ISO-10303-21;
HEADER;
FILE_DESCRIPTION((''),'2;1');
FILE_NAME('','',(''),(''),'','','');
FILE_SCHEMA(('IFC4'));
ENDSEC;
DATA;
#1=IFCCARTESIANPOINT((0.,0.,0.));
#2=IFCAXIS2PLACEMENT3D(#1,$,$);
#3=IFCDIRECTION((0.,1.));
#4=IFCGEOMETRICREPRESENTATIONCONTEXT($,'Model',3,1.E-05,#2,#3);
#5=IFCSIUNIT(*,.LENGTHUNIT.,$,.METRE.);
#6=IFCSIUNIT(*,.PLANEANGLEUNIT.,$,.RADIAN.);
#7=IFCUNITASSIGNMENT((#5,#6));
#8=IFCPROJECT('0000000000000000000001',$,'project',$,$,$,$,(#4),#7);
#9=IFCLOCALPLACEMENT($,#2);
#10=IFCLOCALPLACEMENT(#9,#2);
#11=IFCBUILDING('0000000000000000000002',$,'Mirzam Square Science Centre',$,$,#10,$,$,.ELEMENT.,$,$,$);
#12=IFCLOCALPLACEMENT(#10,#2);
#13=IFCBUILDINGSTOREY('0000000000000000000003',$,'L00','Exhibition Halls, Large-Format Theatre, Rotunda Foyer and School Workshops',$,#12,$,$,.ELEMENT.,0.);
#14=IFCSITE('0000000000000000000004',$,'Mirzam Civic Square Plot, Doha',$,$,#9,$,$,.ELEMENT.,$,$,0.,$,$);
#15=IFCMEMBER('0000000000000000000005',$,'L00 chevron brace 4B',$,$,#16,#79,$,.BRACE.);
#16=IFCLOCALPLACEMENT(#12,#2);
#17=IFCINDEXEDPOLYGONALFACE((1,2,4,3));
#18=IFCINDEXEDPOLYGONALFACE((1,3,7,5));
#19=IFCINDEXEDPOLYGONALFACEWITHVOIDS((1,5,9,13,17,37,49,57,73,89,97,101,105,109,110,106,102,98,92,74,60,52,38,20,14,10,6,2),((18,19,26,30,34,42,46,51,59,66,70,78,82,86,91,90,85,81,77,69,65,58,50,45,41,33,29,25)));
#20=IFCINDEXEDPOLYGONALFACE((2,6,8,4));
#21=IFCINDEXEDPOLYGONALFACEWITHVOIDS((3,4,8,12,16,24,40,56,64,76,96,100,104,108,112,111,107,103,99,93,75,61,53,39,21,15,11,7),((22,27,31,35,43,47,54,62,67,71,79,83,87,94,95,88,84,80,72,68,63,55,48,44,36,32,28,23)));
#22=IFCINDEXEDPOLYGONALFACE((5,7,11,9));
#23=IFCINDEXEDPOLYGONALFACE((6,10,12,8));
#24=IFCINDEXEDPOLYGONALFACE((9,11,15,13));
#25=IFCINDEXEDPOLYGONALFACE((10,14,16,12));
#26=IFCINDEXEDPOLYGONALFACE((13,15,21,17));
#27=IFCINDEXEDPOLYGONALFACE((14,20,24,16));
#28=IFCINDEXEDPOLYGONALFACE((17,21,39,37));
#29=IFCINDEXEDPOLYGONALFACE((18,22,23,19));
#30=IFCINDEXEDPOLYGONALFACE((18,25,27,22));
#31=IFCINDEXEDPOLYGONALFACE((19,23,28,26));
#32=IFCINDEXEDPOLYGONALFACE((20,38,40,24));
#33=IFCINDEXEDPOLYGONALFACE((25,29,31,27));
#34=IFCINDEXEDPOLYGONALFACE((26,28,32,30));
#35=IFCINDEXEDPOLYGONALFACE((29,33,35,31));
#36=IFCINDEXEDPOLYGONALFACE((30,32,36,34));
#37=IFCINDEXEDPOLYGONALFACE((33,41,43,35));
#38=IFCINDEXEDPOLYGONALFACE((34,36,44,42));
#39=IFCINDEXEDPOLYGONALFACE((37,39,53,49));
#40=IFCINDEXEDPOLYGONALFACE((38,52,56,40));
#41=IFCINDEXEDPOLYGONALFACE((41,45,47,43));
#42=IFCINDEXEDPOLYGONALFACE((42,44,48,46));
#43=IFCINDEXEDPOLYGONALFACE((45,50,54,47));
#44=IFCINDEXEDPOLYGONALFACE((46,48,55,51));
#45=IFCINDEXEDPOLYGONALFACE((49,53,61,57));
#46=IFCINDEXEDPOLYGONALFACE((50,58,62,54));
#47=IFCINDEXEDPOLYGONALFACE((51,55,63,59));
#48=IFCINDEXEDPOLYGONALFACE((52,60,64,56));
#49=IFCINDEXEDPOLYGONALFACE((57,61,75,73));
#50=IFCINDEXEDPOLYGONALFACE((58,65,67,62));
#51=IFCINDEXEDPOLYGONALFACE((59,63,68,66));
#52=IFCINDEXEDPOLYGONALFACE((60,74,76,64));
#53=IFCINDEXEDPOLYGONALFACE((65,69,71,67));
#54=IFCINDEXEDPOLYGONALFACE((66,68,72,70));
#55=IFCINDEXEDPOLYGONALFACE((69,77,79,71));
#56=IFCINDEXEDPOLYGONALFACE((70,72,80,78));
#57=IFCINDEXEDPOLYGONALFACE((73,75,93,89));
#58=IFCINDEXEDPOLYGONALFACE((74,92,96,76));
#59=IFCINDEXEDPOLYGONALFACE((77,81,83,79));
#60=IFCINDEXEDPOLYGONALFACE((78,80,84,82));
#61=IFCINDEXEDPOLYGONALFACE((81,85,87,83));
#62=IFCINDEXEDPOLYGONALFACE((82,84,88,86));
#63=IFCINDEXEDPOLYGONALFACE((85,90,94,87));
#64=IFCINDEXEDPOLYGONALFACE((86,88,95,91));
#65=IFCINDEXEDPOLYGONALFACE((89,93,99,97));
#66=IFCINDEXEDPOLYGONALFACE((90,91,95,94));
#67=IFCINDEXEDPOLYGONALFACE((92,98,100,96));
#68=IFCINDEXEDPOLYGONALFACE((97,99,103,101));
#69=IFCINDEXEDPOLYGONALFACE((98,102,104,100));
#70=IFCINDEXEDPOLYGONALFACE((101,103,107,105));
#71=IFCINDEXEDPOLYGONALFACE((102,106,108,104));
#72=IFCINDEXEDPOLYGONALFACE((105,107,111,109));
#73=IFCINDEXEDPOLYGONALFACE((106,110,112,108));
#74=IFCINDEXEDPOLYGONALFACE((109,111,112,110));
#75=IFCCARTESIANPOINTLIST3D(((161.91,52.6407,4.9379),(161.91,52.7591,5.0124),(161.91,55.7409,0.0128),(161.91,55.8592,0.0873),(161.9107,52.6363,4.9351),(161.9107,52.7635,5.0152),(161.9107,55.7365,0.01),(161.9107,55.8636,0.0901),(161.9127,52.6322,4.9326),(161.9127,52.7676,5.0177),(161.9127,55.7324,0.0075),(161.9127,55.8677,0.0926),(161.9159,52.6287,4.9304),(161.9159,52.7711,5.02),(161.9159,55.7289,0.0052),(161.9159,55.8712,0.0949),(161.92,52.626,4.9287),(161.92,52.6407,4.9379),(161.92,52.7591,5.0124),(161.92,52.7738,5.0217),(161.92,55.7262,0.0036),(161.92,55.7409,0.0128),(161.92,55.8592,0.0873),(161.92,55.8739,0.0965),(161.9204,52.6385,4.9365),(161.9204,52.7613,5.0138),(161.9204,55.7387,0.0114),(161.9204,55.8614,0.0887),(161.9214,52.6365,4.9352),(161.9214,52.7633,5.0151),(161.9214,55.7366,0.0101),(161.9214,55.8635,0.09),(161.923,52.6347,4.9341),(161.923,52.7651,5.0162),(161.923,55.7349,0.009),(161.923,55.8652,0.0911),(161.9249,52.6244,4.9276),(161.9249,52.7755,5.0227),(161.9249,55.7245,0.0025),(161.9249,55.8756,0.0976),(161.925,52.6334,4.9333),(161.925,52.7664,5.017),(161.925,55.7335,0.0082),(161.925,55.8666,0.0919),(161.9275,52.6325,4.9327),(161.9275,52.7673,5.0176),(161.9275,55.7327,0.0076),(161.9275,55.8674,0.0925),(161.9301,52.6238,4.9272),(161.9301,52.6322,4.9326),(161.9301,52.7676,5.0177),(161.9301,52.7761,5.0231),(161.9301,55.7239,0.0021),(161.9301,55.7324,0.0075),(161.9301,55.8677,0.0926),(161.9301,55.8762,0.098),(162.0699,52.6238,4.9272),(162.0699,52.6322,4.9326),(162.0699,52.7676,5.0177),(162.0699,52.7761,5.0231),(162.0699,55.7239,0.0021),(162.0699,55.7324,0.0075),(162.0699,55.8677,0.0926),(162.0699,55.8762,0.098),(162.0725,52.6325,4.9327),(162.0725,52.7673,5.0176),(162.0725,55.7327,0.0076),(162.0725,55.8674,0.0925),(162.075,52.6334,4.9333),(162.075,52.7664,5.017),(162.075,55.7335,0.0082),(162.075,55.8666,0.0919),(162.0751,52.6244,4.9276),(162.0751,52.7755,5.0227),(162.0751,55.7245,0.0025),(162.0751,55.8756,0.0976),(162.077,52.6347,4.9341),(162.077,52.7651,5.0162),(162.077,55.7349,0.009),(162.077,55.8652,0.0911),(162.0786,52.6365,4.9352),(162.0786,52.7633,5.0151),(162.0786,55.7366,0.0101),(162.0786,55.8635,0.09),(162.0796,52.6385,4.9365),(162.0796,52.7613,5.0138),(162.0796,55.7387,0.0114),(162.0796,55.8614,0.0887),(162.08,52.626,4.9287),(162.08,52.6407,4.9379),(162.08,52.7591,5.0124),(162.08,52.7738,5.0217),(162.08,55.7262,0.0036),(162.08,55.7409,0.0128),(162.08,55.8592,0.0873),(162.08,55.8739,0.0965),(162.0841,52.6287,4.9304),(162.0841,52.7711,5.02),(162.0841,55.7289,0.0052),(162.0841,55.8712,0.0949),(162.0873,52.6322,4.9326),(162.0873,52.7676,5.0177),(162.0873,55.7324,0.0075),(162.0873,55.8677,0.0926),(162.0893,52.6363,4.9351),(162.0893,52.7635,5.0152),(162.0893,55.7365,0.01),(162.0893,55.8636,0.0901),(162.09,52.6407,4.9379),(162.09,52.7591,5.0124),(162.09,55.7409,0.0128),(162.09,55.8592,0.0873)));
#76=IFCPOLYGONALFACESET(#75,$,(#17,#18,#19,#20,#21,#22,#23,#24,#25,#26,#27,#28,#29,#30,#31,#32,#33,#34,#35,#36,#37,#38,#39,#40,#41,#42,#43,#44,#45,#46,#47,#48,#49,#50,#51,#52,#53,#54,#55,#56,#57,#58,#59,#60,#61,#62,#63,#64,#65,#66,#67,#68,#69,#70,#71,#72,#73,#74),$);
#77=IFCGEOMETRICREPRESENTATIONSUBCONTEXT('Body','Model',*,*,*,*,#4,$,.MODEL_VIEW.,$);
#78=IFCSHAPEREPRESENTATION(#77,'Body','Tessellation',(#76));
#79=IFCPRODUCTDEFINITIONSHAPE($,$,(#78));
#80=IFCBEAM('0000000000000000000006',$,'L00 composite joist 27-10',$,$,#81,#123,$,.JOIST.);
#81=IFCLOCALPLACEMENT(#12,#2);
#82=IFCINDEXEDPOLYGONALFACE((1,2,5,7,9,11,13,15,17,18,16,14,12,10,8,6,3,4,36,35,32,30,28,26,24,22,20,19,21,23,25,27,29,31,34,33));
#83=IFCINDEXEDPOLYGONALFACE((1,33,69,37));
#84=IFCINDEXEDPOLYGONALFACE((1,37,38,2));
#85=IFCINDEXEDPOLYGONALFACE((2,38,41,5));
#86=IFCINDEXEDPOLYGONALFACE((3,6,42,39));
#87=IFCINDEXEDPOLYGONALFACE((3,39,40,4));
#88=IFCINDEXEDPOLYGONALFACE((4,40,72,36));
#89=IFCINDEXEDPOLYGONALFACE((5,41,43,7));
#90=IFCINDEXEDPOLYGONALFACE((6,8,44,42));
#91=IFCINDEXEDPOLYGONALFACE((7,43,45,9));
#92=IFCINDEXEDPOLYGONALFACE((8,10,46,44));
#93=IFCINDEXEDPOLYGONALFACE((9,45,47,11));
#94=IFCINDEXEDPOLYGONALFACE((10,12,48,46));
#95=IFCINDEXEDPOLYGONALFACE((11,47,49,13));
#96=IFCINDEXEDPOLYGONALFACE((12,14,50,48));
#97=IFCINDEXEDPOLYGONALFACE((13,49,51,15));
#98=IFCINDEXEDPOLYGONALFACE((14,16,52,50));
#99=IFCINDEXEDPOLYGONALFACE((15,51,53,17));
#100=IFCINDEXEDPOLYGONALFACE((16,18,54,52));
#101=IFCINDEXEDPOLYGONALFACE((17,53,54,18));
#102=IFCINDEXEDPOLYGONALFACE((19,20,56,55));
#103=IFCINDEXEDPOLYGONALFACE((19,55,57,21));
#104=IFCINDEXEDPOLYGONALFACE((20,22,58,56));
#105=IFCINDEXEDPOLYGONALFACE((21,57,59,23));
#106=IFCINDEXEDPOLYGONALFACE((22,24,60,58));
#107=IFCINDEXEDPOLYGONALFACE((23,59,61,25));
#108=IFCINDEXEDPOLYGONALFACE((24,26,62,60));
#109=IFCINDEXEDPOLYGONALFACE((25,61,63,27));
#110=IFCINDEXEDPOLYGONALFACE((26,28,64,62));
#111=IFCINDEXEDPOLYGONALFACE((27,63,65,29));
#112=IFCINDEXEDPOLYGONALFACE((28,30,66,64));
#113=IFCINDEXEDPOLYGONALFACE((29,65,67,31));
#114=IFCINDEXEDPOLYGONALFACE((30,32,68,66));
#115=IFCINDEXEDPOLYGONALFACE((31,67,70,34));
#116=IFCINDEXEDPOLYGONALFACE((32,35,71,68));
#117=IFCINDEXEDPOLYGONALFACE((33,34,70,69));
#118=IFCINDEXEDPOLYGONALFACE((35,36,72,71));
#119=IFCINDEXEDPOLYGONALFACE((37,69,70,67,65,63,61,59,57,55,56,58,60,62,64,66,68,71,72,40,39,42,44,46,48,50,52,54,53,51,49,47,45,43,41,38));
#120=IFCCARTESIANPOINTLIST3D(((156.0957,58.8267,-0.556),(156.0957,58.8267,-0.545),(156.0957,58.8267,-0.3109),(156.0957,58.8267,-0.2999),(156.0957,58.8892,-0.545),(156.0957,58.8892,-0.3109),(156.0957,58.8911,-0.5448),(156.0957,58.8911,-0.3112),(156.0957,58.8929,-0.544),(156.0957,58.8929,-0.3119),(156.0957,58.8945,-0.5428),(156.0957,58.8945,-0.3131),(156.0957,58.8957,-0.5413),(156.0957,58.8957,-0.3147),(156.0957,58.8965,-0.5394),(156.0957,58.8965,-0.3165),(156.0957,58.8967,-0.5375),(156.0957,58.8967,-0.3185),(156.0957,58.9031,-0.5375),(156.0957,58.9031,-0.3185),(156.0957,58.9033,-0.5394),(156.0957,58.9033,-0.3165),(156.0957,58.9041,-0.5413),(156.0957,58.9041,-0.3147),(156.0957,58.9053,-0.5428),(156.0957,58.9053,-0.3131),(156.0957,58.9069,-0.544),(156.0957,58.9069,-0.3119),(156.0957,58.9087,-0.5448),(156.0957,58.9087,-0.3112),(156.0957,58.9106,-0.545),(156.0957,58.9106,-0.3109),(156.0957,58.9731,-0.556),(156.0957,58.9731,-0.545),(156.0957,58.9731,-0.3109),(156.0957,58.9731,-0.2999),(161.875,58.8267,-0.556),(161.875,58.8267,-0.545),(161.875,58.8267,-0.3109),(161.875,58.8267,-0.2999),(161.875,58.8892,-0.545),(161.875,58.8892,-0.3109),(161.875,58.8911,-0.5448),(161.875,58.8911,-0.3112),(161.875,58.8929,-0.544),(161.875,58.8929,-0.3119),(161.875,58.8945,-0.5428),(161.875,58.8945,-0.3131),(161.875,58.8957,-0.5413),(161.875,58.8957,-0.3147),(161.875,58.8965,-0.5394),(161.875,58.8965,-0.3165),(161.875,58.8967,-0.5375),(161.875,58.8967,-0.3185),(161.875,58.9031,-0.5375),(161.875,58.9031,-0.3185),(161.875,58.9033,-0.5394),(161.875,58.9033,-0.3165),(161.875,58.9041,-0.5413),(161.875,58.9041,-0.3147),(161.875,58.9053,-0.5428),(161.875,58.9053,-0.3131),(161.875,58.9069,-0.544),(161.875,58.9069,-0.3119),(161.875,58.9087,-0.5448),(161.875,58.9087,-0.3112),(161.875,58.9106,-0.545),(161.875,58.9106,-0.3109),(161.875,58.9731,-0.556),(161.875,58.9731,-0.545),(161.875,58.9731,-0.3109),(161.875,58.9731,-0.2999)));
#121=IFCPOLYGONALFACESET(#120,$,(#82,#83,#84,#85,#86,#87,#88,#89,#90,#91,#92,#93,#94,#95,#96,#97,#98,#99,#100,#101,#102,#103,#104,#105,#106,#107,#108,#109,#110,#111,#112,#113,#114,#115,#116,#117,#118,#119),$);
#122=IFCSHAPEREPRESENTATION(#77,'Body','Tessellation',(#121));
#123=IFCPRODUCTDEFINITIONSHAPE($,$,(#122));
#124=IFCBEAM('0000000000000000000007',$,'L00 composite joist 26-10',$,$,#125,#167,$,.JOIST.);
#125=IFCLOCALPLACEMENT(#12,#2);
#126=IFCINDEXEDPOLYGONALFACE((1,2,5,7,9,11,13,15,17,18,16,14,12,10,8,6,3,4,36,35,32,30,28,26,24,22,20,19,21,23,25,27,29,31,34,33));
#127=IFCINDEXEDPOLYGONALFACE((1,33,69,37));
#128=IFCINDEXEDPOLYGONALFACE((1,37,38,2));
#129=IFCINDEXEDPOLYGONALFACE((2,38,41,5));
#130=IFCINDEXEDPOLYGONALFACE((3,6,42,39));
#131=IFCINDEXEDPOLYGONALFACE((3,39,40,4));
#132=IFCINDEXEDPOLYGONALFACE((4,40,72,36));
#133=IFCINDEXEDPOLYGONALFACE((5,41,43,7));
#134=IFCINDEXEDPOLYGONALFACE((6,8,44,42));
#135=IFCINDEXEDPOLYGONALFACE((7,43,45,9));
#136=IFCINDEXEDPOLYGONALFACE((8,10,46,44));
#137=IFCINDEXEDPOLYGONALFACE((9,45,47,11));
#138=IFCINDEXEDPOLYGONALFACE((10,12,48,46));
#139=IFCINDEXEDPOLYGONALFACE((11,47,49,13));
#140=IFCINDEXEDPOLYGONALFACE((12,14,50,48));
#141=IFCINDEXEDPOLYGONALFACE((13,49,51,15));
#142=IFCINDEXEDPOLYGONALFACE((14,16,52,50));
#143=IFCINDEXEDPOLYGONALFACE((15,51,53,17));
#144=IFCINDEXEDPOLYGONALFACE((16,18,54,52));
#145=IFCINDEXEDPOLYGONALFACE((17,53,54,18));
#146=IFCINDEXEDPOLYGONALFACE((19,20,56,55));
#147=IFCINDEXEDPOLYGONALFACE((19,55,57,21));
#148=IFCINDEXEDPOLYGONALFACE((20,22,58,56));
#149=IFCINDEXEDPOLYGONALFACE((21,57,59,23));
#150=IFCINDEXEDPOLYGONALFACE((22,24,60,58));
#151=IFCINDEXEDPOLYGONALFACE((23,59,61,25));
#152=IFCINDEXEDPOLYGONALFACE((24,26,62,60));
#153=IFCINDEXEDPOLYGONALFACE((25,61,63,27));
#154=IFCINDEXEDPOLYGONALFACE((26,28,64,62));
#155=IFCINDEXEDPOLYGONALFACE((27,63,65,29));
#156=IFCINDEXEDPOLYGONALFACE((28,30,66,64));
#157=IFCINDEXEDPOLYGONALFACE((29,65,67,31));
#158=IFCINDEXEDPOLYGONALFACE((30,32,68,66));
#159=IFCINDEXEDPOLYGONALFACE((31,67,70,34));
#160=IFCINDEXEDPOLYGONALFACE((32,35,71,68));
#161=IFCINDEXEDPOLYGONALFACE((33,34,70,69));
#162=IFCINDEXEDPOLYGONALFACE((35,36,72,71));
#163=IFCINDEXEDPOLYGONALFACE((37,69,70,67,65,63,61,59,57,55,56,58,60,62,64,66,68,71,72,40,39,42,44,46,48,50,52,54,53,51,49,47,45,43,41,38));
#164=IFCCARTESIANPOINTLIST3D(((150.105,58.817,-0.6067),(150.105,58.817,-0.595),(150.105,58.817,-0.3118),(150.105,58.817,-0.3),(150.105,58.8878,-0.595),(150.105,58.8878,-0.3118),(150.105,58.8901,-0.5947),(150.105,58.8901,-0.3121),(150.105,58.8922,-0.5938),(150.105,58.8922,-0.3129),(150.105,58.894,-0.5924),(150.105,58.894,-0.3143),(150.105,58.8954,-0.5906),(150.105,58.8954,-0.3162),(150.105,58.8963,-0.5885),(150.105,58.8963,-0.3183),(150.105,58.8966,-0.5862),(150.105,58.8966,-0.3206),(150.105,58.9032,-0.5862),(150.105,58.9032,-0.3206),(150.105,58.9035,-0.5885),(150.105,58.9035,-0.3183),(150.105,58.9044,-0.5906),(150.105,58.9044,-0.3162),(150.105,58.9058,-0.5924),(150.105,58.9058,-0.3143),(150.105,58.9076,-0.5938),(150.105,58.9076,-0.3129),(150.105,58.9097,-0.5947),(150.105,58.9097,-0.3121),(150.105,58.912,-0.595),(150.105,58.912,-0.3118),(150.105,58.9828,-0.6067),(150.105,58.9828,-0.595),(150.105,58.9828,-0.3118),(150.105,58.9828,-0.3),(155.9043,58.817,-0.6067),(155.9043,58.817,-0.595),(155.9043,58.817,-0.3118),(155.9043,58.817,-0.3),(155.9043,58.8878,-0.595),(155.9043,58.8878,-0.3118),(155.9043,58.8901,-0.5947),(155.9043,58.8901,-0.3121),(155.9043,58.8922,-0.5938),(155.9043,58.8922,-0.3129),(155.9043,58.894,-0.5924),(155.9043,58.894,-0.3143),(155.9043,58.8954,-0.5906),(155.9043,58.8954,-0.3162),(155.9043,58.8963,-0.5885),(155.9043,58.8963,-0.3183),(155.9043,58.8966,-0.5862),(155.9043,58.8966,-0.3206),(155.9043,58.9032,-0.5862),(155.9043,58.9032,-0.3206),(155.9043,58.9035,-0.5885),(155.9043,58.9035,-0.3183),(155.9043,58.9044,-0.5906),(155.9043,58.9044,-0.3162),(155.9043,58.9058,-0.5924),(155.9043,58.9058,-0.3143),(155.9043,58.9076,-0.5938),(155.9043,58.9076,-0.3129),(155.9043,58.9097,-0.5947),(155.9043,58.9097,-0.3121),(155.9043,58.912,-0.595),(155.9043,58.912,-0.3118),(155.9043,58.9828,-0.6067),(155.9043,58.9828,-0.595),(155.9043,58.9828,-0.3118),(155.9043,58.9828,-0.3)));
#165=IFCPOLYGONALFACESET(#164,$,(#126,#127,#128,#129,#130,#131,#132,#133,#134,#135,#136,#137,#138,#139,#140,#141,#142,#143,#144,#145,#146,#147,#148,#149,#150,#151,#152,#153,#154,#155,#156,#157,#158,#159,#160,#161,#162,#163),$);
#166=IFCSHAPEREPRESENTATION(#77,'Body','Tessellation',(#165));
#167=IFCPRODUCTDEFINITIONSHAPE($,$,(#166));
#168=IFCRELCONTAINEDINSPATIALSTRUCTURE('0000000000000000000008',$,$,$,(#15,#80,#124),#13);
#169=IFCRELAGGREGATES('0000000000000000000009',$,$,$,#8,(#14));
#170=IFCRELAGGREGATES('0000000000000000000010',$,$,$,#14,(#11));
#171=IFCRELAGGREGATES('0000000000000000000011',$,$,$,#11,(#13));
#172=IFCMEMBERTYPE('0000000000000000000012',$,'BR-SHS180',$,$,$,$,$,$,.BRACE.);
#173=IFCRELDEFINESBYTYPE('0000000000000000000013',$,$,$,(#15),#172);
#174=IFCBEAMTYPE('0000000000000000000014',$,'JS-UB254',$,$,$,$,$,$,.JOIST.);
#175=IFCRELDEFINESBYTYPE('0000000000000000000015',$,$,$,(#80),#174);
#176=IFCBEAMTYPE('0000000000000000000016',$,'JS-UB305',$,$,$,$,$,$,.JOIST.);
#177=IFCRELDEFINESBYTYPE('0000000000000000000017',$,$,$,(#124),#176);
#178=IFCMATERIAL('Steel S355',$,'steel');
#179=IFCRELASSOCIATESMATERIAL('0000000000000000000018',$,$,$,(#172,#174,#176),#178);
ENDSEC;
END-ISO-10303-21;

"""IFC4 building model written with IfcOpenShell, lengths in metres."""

from ifc_helpers import new_model, si_unit, direction, frame, origin, origin_2d, place, context, subcontext, project, spatial, hollow_rectangle, i_section, extrude, material, material_profile, profile_set, type_object, element, save


model = new_model("IFC4")

# Units and contexts
model_context = context("Model", 3, precision=1e-05, world=origin(), true_north=direction((0.0, 1.0)))
body_context = subcontext(model_context, "Body", "Model", "MODEL_VIEW")
ifc_project = project(units=[si_unit("LENGTHUNIT", "METRE"), si_unit("PLANEANGLEUNIT", "RADIAN")], contexts=[model_context])

# Site, building, storey
site_placement = place(None, origin())
site = spatial("IfcSite", under=ifc_project, at=site_placement, Name="Mirzam Civic Square Plot, Doha", CompositionType="ELEMENT", RefElevation=0.0)
building_placement = place(site_placement, origin())
building = spatial("IfcBuilding", under=site, at=building_placement, Name="Mirzam Square Science Centre", CompositionType="ELEMENT")
storey_placement = place(building_placement, origin())
storey = spatial("IfcBuildingStorey", under=building, at=storey_placement, Name="L00", Description="Exhibition Halls, Large-Format Theatre, Rotunda Foyer and School Workshops", CompositionType="ELEMENT", Elevation=0.0)

# Shared definitions
ifc_material_1 = material(Name="Steel S355", Category="steel")

# Member
ifc_material_profile_1 = material_profile(ifc_material_1, hollow_rectangle(XDim=0.1799, YDim=0.1799, WallThickness=0.01, InnerFilletRadius=0.01, OuterFilletRadius=0.02, at=origin_2d()), Name="180x180x10.0SHS")
ifc_profile_set_1 = profile_set([ifc_material_profile_1], Name="Steel S355")
member_type = type_object("IfcMemberType", Name="BR-SHS180", PredefinedType="BRACE", material=ifc_profile_set_1)
member_1_placement = place(storey_placement, frame((162.0, 55.8, 0.05), z_axis=(0.0, -0.532708, 0.846299), x_axis=(1.0, 0.0, 0.0)))
element("IfcMember", 1, at=member_1_placement, inside=storey, type_object=member_type, Name="L00 chevron brace 4B", PredefinedType="BRACE", context=body_context, shape_type="SweptSolid", body=[
    extrude(hollow_rectangle(XDim=0.1799, YDim=0.1799, WallThickness=0.01, InnerFilletRadius=0.01, OuterFilletRadius=0.02, at=origin_2d()), origin(), (0.0, 0.0, 1.0), 5.8196),
])

# Beams
ifc_material_profile_2 = material_profile(ifc_material_1, i_section(OverallWidth=0.1465, OverallDepth=0.2561, WebThickness=0.0063, FlangeThickness=0.011, FilletRadius=0.0076, at=origin_2d()), Name="254x146x37UB")
ifc_profile_set_2 = profile_set([ifc_material_profile_2], Name="Steel S355")
beam_type_1 = type_object("IfcBeamType", Name="JS-UB254", PredefinedType="JOIST", material=ifc_profile_set_2)
beam_1_placement = place(storey_placement, frame((156.0957, 58.8999, -0.428), z_axis=(1.0, 0.0, 0.0), x_axis=(0.0, 1.0, 0.0)))
element("IfcBeam", 2, at=beam_1_placement, inside=storey, type_object=beam_type_1, Name="L00 composite joist 27-10", PredefinedType="JOIST", context=body_context, shape_type="SweptSolid", body=[
    extrude(i_section(OverallWidth=0.1465, OverallDepth=0.2561, WebThickness=0.0063, FlangeThickness=0.011, FilletRadius=0.0076, at=origin_2d()), origin(), (0.0, 0.0, 1.0), 5.7793),
])
ifc_material_profile_3 = material_profile(ifc_material_1, i_section(OverallWidth=0.1658, OverallDepth=0.3066, WebThickness=0.0066, FlangeThickness=0.0117, FilletRadius=0.0088, at=origin_2d()), Name="305x165x46UB")
ifc_profile_set_3 = profile_set([ifc_material_profile_3], Name="Steel S355")
beam_type_2 = type_object("IfcBeamType", Name="JS-UB305", PredefinedType="JOIST", material=ifc_profile_set_3)
beam_2_placement = place(storey_placement, frame((150.105, 58.8999, -0.4534), z_axis=(1.0, 0.0, 0.0), x_axis=(0.0, 1.0, 0.0)))
element("IfcBeam", 3, at=beam_2_placement, inside=storey, type_object=beam_type_2, Name="L00 composite joist 26-10", PredefinedType="JOIST", context=body_context, shape_type="SweptSolid", body=[
    extrude(i_section(OverallWidth=0.1658, OverallDepth=0.3066, WebThickness=0.0066, FlangeThickness=0.0117, FilletRadius=0.0088, at=origin_2d()), origin(), (0.0, 0.0, 1.0), 5.7993),
])

save(model, "model.ifc")
